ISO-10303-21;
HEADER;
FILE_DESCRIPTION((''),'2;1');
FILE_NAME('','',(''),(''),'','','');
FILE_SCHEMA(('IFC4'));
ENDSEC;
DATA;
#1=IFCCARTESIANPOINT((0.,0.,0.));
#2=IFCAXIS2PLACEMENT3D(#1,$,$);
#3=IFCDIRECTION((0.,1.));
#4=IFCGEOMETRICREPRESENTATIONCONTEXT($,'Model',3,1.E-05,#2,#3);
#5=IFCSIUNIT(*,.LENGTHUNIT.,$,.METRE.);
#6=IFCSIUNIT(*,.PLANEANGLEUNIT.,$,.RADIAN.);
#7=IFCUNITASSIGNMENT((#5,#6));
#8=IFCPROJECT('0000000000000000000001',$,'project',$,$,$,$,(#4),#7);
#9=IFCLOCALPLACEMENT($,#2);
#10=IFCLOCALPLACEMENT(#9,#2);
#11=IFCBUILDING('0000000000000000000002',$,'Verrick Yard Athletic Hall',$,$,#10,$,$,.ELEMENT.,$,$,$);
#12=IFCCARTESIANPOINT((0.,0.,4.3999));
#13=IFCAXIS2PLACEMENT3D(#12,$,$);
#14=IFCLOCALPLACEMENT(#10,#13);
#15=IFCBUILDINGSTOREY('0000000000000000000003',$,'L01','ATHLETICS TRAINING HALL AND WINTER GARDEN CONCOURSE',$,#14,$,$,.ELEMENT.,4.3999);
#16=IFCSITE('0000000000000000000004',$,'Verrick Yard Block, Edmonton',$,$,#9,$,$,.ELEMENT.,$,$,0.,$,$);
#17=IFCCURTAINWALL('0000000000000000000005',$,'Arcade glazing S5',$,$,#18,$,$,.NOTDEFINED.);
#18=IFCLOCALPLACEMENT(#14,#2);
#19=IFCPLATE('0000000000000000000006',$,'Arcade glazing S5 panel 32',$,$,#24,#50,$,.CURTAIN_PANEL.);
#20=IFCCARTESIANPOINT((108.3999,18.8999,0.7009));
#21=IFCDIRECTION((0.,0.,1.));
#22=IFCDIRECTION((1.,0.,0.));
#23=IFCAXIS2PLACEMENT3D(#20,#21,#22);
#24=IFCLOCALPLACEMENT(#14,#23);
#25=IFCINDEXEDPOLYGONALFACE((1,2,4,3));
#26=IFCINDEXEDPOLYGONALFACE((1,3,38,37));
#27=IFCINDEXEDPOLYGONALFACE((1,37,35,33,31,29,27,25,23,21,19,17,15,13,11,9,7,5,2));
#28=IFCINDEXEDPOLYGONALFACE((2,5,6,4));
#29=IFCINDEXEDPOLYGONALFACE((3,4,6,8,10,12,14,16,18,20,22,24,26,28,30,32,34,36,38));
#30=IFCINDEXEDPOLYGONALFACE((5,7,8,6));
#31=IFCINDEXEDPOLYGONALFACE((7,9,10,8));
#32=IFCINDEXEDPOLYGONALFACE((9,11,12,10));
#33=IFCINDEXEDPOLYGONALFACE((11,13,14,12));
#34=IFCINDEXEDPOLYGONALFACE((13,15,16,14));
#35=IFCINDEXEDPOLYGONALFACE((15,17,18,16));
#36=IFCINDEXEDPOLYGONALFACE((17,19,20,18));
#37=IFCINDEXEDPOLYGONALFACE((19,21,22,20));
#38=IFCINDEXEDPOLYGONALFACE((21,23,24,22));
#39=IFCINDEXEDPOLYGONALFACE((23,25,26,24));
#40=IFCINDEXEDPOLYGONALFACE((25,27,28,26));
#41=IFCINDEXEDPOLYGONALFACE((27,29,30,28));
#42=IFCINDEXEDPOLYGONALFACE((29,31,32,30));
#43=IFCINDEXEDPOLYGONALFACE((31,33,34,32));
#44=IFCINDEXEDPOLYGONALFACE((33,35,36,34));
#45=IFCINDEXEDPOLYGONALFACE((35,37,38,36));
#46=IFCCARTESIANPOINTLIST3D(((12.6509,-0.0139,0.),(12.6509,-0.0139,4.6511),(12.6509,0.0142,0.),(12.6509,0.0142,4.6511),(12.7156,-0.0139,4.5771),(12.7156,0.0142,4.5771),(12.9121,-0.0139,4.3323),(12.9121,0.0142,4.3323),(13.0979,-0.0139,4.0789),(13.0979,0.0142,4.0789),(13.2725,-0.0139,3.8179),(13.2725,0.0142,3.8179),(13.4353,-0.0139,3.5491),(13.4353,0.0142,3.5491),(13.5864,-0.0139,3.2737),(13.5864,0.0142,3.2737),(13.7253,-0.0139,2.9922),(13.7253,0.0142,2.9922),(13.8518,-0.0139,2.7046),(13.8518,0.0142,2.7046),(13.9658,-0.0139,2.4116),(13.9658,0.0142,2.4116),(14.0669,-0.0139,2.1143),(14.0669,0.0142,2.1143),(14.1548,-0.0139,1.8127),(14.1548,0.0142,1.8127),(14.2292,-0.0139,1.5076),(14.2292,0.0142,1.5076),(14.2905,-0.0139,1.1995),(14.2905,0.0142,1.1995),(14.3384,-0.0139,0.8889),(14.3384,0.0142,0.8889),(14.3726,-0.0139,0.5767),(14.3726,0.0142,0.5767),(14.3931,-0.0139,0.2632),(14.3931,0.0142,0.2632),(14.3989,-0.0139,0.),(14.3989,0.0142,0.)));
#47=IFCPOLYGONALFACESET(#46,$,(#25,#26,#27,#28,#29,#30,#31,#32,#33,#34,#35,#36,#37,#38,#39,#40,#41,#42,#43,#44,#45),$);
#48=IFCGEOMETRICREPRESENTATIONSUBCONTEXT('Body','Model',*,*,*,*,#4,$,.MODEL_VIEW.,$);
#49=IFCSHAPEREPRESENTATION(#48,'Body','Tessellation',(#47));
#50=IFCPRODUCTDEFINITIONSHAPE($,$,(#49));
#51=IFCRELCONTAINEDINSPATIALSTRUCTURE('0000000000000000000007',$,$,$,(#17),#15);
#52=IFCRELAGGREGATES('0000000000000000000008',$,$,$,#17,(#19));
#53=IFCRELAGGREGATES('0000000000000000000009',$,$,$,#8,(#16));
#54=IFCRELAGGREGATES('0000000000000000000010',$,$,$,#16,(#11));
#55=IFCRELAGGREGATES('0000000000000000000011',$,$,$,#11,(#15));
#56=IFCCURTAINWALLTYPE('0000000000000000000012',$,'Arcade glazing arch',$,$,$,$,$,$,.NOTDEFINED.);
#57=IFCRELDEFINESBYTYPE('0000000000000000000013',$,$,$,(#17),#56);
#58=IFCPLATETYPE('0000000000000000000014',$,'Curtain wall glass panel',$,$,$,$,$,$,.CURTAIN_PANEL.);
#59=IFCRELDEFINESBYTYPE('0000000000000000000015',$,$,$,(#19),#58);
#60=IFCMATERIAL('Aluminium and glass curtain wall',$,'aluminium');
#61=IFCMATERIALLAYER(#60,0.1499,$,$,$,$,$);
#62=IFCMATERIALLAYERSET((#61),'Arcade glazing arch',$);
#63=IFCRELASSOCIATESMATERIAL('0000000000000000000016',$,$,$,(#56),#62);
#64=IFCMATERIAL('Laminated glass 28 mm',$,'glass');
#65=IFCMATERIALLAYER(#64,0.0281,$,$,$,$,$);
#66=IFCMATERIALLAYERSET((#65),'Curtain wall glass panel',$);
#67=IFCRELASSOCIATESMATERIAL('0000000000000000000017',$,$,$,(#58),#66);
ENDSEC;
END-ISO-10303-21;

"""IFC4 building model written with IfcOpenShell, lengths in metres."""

from ifc_helpers import new_model, si_unit, direction, frame, origin, place, context, subcontext, project, spatial, polyline, outline, extrude, material, layer, layer_set, type_object, element, aggregate, save


model = new_model("IFC4")

# Units and contexts
model_context = context("Model", 3, precision=1e-05, world=origin(), true_north=direction((0.0, 1.0)))
body_context = subcontext(model_context, "Body", "Model", "MODEL_VIEW")
ifc_project = project(units=[si_unit("LENGTHUNIT", "METRE"), si_unit("PLANEANGLEUNIT", "RADIAN")], contexts=[model_context])

# Site, building, storey
site_placement = place(None, origin())
site = spatial("IfcSite", under=ifc_project, at=site_placement, Name="Verrick Yard Block, Edmonton", CompositionType="ELEMENT", RefElevation=0.0)
building_placement = place(site_placement, origin())
building = spatial("IfcBuilding", under=site, at=building_placement, Name="Verrick Yard Athletic Hall", CompositionType="ELEMENT")
storey_placement = place(building_placement, frame((0.0, 0.0, 4.3999)))
storey = spatial("IfcBuildingStorey", under=building, at=storey_placement, Name="L01", Description="ATHLETICS TRAINING HALL AND WINTER GARDEN CONCOURSE", CompositionType="ELEMENT", Elevation=4.3999)

# Curtain wall, plate
ifc_material_1 = material(Name="Aluminium and glass curtain wall", Category="aluminium")
ifc_layer_1 = layer(ifc_material_1, 0.1499)
ifc_layer_set_1 = layer_set([ifc_layer_1], Name="Arcade glazing arch")
curtain_wall_type = type_object("IfcCurtainWallType", Name="Arcade glazing arch", PredefinedType="NOTDEFINED", material=ifc_layer_set_1)
curtain_wall_placement = place(storey_placement, origin())
curtain_wall = element("IfcCurtainWall", 1, at=curtain_wall_placement, inside=storey, type_object=curtain_wall_type, Name="Arcade glazing S5", PredefinedType="NOTDEFINED")
ifc_material_2 = material(Name="Laminated glass 28 mm", Category="glass")
ifc_layer_2 = layer(ifc_material_2, 0.0281)
ifc_layer_set_2 = layer_set([ifc_layer_2], Name="Curtain wall glass panel")
plate_type = type_object("IfcPlateType", Name="Curtain wall glass panel", PredefinedType="CURTAIN_PANEL", material=ifc_layer_set_2)
plate_1_placement = place(storey_placement, frame((108.3999, 18.8999, 0.7009), z_axis=(0.0, 0.0, 1.0), x_axis=(1.0, 0.0, 0.0)))
plate_1 = element("IfcPlate", 2, at=plate_1_placement, type_object=plate_type, Name="Arcade glazing S5 panel 32", PredefinedType="CURTAIN_PANEL", context=body_context, shape_type="SweptSolid", body=[
    extrude(outline(polyline([(14.3989, 0.0), (14.3931, 0.2632), (14.3726, 0.5767), (14.3384, 0.8889), (14.2905, 1.1995), (14.2292, 1.5076), (14.1548, 1.8127), (14.0669, 2.1143), (13.9658, 2.4116), (13.8518, 2.7046), (13.7253, 2.9922), (13.5864, 3.2737), (13.4353, 3.5491), (13.2725, 3.8179), (13.0979, 4.0789), (12.9121, 4.3323), (12.7156, 4.5771), (12.6509, 4.6511), (12.6509, 0.0), (14.3989, 0.0)])), frame((0.0, 0.0142, 0.0), z_axis=(0.0, -1.0, 0.0), x_axis=(1.0, 0.0, 0.0)), (0.0, 0.0, 1.0), 0.0281),
])
aggregate(curtain_wall, [plate_1])

save(model, "model.ifc")
